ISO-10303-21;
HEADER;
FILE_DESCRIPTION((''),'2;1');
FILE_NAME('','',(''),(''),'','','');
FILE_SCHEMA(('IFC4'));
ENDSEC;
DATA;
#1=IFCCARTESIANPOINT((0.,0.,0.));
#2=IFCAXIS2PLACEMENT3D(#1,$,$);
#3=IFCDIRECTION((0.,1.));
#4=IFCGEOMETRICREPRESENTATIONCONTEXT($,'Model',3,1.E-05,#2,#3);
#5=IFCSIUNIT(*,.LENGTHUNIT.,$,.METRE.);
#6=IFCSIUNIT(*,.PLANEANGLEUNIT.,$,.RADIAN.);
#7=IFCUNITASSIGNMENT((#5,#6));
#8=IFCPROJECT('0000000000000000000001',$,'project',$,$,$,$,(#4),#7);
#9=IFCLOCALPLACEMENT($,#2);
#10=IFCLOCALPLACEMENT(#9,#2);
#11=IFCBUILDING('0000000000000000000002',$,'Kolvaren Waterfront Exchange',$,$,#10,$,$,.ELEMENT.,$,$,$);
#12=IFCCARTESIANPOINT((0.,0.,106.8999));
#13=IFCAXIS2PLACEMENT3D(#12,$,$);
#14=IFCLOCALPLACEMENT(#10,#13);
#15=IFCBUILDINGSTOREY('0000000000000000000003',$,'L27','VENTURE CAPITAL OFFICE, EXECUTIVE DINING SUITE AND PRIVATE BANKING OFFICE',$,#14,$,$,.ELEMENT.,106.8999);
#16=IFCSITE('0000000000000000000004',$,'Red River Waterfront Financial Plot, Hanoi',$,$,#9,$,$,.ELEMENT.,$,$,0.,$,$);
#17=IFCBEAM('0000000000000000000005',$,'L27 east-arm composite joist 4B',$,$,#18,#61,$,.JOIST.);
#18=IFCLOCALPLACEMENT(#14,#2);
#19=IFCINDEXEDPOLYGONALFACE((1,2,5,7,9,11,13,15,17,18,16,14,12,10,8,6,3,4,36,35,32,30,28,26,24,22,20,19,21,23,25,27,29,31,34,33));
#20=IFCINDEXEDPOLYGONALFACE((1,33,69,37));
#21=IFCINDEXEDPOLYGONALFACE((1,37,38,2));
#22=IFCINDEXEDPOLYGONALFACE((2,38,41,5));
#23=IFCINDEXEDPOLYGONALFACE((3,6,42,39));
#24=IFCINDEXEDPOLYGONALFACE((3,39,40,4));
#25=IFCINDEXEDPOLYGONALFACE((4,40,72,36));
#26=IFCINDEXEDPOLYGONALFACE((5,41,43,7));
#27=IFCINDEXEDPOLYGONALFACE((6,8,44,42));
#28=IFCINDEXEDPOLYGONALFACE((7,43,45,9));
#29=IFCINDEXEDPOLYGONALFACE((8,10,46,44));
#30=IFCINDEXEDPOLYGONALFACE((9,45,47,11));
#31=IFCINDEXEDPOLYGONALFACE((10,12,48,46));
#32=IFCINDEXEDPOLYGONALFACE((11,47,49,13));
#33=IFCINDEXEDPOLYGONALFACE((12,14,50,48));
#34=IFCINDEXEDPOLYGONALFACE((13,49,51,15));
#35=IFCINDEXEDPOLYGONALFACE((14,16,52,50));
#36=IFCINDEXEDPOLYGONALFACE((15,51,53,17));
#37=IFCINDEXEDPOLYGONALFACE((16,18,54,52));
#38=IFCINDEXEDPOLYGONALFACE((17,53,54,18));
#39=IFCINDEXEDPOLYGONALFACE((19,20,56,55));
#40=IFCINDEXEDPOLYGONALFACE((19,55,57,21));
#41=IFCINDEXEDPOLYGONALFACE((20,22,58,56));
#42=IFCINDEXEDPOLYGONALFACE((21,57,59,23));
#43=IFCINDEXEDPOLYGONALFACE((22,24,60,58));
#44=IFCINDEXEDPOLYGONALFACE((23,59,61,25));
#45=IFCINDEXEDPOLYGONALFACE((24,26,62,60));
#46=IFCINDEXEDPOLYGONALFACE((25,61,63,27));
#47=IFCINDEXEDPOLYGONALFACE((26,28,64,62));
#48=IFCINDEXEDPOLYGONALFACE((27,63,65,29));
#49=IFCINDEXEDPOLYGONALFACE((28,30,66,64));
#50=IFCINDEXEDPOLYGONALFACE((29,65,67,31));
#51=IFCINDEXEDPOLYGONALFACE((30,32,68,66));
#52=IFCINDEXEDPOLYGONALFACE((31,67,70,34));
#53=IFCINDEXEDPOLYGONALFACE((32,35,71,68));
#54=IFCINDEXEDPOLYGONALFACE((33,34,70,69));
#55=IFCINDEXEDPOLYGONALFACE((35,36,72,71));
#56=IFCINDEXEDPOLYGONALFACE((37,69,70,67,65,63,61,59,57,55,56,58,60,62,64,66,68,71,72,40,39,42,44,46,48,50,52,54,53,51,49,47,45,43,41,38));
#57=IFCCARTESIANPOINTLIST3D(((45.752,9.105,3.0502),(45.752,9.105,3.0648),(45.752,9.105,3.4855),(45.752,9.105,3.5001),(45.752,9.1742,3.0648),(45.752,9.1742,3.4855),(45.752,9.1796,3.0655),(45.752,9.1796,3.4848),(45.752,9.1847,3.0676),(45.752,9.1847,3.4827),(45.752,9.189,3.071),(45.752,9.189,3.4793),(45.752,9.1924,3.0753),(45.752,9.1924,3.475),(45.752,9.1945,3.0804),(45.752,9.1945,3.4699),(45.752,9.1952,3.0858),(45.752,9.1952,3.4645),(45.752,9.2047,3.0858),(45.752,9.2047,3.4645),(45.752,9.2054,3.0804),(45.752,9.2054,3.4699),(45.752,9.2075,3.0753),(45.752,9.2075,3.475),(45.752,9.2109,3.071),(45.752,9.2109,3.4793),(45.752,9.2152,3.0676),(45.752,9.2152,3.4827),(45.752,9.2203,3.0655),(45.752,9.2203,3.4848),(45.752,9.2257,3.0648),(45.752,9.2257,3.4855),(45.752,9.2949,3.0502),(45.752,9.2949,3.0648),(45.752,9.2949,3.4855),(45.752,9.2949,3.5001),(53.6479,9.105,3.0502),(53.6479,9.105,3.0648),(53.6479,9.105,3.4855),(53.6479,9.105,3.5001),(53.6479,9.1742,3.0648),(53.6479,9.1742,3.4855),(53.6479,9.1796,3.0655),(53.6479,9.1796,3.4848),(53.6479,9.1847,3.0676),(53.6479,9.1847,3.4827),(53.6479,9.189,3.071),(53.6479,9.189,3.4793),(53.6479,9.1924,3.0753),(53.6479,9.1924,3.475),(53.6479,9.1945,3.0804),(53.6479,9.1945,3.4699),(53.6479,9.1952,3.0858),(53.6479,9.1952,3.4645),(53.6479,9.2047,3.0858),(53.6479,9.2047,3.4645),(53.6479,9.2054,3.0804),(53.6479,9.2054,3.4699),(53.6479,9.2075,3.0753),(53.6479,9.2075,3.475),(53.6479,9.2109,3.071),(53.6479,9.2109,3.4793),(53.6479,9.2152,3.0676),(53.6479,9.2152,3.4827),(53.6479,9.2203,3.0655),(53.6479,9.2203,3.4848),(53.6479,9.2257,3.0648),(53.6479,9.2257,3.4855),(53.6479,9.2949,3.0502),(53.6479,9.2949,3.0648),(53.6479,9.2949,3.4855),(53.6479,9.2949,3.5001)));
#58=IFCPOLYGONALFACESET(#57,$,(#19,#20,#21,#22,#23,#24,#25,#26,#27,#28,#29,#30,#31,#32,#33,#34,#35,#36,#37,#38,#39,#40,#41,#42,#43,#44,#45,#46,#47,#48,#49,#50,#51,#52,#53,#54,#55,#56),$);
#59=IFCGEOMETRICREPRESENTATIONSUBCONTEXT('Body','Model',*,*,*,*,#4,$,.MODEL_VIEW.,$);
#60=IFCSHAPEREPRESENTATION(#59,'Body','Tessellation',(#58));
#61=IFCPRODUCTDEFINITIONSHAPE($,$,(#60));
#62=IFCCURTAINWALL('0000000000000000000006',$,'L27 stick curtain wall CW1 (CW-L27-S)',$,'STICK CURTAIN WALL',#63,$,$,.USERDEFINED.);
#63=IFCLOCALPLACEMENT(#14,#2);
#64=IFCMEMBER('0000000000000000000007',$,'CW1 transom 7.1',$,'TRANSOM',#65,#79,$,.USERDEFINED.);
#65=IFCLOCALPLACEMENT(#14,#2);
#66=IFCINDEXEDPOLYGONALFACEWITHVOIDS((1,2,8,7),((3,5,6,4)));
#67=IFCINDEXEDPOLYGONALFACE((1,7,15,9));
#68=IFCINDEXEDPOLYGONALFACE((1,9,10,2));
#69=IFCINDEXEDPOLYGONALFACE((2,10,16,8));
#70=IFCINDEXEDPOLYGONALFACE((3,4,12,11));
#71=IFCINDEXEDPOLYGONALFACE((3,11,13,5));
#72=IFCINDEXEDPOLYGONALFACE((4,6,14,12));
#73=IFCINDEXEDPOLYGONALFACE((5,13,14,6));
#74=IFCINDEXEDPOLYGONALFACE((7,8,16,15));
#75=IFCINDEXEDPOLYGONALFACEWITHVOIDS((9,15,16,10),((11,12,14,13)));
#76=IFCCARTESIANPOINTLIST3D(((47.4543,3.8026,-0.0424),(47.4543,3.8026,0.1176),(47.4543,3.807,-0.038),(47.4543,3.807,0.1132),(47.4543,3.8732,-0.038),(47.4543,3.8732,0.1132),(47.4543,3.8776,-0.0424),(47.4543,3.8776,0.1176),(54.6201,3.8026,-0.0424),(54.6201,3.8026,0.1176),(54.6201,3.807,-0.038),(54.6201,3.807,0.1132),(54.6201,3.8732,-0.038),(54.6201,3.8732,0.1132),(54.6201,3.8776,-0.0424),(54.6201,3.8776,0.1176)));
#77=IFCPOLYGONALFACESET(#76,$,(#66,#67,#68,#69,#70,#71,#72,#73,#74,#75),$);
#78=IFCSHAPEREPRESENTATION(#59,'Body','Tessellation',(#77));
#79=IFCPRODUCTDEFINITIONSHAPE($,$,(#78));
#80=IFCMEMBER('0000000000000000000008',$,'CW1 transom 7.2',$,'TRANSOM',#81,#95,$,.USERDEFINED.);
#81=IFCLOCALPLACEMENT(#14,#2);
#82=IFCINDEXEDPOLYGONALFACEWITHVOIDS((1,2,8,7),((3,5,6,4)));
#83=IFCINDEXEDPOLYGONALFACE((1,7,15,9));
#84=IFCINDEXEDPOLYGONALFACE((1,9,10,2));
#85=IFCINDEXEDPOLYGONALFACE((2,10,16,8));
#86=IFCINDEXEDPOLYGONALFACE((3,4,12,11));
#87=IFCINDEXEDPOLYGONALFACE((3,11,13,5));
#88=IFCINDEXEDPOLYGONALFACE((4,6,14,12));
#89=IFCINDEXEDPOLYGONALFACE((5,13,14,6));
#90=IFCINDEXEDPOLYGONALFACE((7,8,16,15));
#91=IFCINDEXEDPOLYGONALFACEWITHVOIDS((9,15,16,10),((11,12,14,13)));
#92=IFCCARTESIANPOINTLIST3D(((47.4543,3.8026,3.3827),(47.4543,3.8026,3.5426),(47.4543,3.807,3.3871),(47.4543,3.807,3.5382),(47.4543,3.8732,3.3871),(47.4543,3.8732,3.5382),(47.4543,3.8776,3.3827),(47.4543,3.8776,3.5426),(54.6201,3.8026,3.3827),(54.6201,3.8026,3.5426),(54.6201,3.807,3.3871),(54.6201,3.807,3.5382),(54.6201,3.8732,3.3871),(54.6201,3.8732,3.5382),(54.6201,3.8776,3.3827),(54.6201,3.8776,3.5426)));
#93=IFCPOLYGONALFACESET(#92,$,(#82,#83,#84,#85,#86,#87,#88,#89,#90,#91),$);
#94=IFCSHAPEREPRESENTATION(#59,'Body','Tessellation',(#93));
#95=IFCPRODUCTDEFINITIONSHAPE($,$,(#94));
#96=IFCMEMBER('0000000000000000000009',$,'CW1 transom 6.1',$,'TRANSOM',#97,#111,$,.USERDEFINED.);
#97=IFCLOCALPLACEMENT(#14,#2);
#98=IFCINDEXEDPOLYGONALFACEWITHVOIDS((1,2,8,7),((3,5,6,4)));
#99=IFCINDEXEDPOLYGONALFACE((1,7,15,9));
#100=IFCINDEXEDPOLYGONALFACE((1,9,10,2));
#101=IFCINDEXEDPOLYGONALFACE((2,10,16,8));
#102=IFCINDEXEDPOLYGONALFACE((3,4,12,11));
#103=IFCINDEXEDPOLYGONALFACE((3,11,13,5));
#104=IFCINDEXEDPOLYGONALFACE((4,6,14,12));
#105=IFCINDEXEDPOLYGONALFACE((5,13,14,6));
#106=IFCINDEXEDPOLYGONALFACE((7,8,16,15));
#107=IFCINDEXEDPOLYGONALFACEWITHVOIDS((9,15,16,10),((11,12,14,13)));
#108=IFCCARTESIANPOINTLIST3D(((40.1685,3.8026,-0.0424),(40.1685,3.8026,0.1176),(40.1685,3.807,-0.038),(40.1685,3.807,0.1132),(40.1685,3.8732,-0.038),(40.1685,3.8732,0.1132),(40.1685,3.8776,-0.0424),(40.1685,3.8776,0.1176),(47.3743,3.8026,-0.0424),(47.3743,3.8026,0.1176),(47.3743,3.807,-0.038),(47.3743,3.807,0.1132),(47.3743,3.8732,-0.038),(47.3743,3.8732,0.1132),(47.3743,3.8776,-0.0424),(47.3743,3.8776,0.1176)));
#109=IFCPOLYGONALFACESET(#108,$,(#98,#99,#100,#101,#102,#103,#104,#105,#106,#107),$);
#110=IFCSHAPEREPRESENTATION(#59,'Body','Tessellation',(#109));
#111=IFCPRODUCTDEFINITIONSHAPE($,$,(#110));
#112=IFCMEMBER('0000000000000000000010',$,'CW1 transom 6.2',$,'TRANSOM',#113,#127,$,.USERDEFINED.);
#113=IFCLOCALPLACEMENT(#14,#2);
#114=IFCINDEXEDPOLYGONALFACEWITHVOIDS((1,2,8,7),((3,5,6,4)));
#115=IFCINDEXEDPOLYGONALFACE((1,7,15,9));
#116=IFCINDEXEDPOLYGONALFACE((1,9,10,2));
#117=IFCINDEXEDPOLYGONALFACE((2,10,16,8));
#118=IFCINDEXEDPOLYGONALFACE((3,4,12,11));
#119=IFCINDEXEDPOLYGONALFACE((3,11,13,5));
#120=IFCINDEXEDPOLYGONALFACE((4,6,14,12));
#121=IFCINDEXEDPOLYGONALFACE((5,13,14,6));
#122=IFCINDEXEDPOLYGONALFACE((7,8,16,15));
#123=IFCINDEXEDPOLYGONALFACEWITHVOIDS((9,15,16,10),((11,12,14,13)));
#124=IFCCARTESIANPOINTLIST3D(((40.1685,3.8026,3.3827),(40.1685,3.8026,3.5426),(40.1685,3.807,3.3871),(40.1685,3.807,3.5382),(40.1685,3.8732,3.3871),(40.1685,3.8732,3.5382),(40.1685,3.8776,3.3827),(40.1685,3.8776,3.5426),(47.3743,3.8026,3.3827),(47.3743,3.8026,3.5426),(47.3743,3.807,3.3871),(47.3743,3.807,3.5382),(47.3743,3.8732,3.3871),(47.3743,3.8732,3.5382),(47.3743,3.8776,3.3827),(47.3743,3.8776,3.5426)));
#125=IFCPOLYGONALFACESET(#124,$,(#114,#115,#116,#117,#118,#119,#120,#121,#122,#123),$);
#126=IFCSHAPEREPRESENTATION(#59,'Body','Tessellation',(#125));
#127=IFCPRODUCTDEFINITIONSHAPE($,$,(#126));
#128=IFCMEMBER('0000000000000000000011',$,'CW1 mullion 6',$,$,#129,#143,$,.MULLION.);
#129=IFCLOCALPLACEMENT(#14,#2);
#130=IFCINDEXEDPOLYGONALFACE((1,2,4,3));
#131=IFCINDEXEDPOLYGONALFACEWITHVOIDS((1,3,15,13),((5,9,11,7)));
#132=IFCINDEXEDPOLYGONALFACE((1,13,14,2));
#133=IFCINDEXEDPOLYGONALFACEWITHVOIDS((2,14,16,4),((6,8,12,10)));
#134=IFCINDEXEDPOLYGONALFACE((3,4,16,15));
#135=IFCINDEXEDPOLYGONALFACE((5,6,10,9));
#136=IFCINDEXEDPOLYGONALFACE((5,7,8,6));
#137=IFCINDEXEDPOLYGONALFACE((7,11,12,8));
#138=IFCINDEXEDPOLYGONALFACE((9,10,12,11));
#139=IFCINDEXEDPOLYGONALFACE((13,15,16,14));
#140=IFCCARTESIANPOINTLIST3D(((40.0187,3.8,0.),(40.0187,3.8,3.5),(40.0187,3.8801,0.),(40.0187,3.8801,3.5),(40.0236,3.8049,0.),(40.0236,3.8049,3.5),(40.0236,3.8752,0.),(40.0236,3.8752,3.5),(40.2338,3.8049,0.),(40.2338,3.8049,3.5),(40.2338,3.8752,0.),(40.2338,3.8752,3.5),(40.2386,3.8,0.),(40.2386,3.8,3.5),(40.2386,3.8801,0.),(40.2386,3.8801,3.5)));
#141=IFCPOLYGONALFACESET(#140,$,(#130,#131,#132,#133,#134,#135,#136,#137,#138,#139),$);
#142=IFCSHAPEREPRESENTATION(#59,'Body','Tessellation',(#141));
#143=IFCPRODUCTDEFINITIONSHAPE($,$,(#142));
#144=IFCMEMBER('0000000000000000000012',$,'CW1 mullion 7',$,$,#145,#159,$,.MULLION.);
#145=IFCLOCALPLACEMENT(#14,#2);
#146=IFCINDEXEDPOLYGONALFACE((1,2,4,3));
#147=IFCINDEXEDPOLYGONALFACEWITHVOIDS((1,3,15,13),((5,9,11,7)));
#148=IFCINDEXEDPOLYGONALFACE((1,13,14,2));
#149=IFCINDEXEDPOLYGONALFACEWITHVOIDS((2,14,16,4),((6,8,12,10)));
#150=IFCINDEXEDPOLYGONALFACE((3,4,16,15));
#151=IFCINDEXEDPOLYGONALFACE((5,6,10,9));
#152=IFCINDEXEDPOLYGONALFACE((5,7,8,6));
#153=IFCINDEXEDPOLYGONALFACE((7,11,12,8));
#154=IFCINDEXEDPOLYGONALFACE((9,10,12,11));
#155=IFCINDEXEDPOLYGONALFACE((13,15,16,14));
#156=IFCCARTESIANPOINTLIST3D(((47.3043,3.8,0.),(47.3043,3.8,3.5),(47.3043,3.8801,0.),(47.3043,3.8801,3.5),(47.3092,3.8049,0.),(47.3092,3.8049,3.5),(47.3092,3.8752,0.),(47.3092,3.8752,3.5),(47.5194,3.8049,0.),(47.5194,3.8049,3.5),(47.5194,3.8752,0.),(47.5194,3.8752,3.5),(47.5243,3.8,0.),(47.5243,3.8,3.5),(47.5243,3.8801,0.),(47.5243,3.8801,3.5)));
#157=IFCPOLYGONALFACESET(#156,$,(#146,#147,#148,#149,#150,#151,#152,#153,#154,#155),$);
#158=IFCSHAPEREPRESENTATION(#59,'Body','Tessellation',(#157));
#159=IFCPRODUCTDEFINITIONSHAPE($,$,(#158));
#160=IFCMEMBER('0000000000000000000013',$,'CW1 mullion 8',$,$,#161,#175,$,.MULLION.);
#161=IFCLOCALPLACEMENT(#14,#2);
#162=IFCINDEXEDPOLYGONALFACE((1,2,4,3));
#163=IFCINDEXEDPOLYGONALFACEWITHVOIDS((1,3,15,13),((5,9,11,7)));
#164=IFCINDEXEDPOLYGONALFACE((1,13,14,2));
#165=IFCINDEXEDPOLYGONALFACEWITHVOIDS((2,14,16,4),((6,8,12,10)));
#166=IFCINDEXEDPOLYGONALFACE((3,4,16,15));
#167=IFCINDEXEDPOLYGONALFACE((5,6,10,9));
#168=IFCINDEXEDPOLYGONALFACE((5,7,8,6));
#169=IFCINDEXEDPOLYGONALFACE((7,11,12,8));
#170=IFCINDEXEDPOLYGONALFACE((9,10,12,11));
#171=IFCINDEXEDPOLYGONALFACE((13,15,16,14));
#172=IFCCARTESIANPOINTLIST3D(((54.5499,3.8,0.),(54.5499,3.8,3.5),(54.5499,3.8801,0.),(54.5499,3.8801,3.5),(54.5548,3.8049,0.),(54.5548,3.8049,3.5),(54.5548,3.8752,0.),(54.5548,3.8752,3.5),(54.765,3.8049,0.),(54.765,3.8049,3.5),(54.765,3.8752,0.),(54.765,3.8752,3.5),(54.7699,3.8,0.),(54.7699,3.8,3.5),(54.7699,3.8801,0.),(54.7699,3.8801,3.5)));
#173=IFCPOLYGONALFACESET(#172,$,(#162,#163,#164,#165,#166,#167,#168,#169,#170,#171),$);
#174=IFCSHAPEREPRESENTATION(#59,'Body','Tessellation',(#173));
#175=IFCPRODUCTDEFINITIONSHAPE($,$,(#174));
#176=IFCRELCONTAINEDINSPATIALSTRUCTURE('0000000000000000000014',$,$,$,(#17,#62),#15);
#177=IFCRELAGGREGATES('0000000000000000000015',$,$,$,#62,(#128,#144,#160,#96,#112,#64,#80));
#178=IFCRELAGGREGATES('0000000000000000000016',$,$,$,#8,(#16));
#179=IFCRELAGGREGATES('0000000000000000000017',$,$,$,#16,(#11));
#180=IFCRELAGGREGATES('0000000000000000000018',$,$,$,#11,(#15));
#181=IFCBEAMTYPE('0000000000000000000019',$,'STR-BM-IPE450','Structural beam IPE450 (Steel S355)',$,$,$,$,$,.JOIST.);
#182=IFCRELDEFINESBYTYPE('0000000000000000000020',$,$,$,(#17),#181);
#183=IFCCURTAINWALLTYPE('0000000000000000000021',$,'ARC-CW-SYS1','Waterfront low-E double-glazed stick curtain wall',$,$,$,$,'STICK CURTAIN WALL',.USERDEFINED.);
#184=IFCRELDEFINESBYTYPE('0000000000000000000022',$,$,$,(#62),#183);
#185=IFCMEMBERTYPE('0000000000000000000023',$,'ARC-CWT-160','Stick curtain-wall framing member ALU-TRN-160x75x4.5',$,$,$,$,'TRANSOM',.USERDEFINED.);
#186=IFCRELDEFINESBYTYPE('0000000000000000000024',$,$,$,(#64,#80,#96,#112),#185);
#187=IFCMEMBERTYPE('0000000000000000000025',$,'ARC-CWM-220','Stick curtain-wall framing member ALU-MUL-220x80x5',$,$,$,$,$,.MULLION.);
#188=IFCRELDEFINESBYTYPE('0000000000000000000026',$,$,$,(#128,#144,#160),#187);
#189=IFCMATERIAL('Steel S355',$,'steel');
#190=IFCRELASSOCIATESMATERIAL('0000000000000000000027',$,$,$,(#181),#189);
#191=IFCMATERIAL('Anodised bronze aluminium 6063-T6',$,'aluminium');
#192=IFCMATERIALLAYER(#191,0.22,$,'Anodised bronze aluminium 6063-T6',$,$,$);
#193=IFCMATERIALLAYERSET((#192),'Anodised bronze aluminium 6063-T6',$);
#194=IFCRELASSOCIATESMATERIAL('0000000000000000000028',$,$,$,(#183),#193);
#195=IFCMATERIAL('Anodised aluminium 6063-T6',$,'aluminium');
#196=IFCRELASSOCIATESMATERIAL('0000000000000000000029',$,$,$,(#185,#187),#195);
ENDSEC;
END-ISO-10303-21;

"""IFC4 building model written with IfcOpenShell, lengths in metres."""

from ifc_helpers import new_model, si_unit, direction, frame, origin, origin_with_axes, origin_2d, place, context, subcontext, project, spatial, hollow_rectangle, i_section, extrude, source, transform, mapped, material, layer, layer_set, material_profile, profile_set, type_object, element, aggregate, save


model = new_model("IFC4")

# Units and contexts
model_context = context("Model", 3, precision=1e-05, world=origin(), true_north=direction((0.0, 1.0)))
body_context = subcontext(model_context, "Body", "Model", "MODEL_VIEW")
ifc_project = project(units=[si_unit("LENGTHUNIT", "METRE"), si_unit("PLANEANGLEUNIT", "RADIAN")], contexts=[model_context])

# Site, building, storey
site_placement = place(None, origin())
site = spatial("IfcSite", under=ifc_project, at=site_placement, Name="Red River Waterfront Financial Plot, Hanoi", CompositionType="ELEMENT", RefElevation=0.0)
building_placement = place(site_placement, origin())
building = spatial("IfcBuilding", under=site, at=building_placement, Name="Kolvaren Waterfront Exchange", CompositionType="ELEMENT")
storey_placement = place(building_placement, frame((0.0, 0.0, 106.8999)))
storey = spatial("IfcBuildingStorey", under=building, at=storey_placement, Name="L27", Description="VENTURE CAPITAL OFFICE, EXECUTIVE DINING SUITE AND PRIVATE BANKING OFFICE", CompositionType="ELEMENT", Elevation=106.8999)

# Beam
ifc_material_1 = material(Name="Steel S355", Category="steel")
ifc_material_profile_1 = material_profile(ifc_material_1, i_section(OverallWidth=0.1899, OverallDepth=0.45, WebThickness=0.0095, FlangeThickness=0.0146, FilletRadius=0.021, at=origin_2d()), Name="IPE450")
ifc_profile_set_1 = profile_set([ifc_material_profile_1], Name="Steel S355")
beam_type_1 = type_object("IfcBeamType", Name="STR-BM-IPE450", Description="Structural beam IPE450 (Steel S355)", PredefinedType="JOIST", material=ifc_profile_set_1)
beam_1_placement = place(storey_placement, frame((45.752, 9.2, 3.2751), z_axis=(1.0, 0.0, 0.0), x_axis=(0.0, 1.0, 0.0)))
element("IfcBeam", 1, at=beam_1_placement, inside=storey, type_object=beam_type_1, Name="L27 east-arm composite joist 4B", PredefinedType="JOIST", context=body_context, shape_type="SweptSolid", body=[
    extrude(i_section(OverallWidth=0.1899, OverallDepth=0.45, WebThickness=0.0095, FlangeThickness=0.0146, FilletRadius=0.021, at=origin_2d()), origin(), (0.0, 0.0, 1.0), 7.896),
])

# Curtain wall, members
ifc_material_2 = material(Name="Anodised bronze aluminium 6063-T6", Category="aluminium")
ifc_layer_1 = layer(ifc_material_2, 0.22, Name="Anodised bronze aluminium 6063-T6")
ifc_layer_set_1 = layer_set([ifc_layer_1], Name="Anodised bronze aluminium 6063-T6")
curtain_wall_type = type_object("IfcCurtainWallType", Name="ARC-CW-SYS1", Description="Waterfront low-E double-glazed stick curtain wall", ElementType="STICK CURTAIN WALL", PredefinedType="USERDEFINED", material=ifc_layer_set_1)
curtain_wall_placement = place(storey_placement, origin())
curtain_wall = element("IfcCurtainWall", 2, at=curtain_wall_placement, inside=storey, type_object=curtain_wall_type, Name="L27 stick curtain wall CW1 (CW-L27-S)", ObjectType="STICK CURTAIN WALL", PredefinedType="USERDEFINED")
ifc_material_3 = material(Name="Anodised aluminium 6063-T6", Category="aluminium")
ifc_material_profile_2 = material_profile(ifc_material_3, hollow_rectangle(XDim=0.075, YDim=0.1599, WallThickness=0.0044, at=origin_2d()), Name="ALU-TRN-160x75x4.5")
ifc_profile_set_2 = profile_set([ifc_material_profile_2], Name="Anodised aluminium 6063-T6")
member_type_1 = type_object("IfcMemberType", Name="ARC-CWT-160", Description="Stick curtain-wall framing member ALU-TRN-160x75x4.5", ElementType="TRANSOM", PredefinedType="USERDEFINED", material=ifc_profile_set_2)
shared_shape_1 = source(origin_with_axes(), body_context, "Body", "SweptSolid", [
    extrude(hollow_rectangle(XDim=0.075, YDim=0.1599, WallThickness=0.0044, at=origin_2d()), origin(), (0.0, 0.0, 1.0), 7.1658),
])
member_1_placement = place(storey_placement, frame((47.4543, 3.8401, 0.0376), z_axis=(1.0, 0.0, 0.0), x_axis=(0.0, 1.0, 0.0)))
member_1 = element("IfcMember", 3, at=member_1_placement, type_object=member_type_1, Name="CW1 transom 7.1", ObjectType="TRANSOM", PredefinedType="USERDEFINED", context=body_context, shape_type="MappedRepresentation", body=[
    mapped(shared_shape_1, transform((0.0, 0.0, 0.0), x_axis=(1.0, 0.0, 0.0), y_axis=(0.0, 1.0, 0.0), z_axis=(0.0, 0.0, 1.0), scale=1.0)),
])
member_2_placement = place(storey_placement, frame((47.4543, 3.8401, 3.4626), z_axis=(1.0, 0.0, 0.0), x_axis=(0.0, 1.0, 0.0)))
member_2 = element("IfcMember", 4, at=member_2_placement, type_object=member_type_1, Name="CW1 transom 7.2", ObjectType="TRANSOM", PredefinedType="USERDEFINED", context=body_context, shape_type="MappedRepresentation", body=[
    mapped(shared_shape_1, transform((0.0, 0.0, 0.0), x_axis=(1.0, 0.0, 0.0), y_axis=(0.0, 1.0, 0.0), z_axis=(0.0, 0.0, 1.0), scale=1.0)),
])
shared_shape_2 = source(origin_with_axes(), body_context, "Body", "SweptSolid", [
    extrude(hollow_rectangle(XDim=0.075, YDim=0.1599, WallThickness=0.0044, at=origin_2d()), origin(), (0.0, 0.0, 1.0), 7.2058),
])
member_3_placement = place(storey_placement, frame((40.1685, 3.8401, 0.0376), z_axis=(1.0, 0.0, 0.0), x_axis=(0.0, 1.0, 0.0)))
member_3 = element("IfcMember", 5, at=member_3_placement, type_object=member_type_1, Name="CW1 transom 6.1", ObjectType="TRANSOM", PredefinedType="USERDEFINED", context=body_context, shape_type="MappedRepresentation", body=[
    mapped(shared_shape_2, transform((0.0, 0.0, 0.0), x_axis=(1.0, 0.0, 0.0), y_axis=(0.0, 1.0, 0.0), z_axis=(0.0, 0.0, 1.0), scale=1.0)),
])
member_4_placement = place(storey_placement, frame((40.1685, 3.8401, 3.4626), z_axis=(1.0, 0.0, 0.0), x_axis=(0.0, 1.0, 0.0)))
member_4 = element("IfcMember", 6, at=member_4_placement, type_object=member_type_1, Name="CW1 transom 6.2", ObjectType="TRANSOM", PredefinedType="USERDEFINED", context=body_context, shape_type="MappedRepresentation", body=[
    mapped(shared_shape_2, transform((0.0, 0.0, 0.0), x_axis=(1.0, 0.0, 0.0), y_axis=(0.0, 1.0, 0.0), z_axis=(0.0, 0.0, 1.0), scale=1.0)),
])
ifc_material_profile_3 = material_profile(ifc_material_3, hollow_rectangle(XDim=0.0801, YDim=0.22, WallThickness=0.0049, at=origin_2d()), Name="ALU-MUL-220x80x5")
ifc_profile_set_3 = profile_set([ifc_material_profile_3], Name="Anodised aluminium 6063-T6")
member_type_2 = type_object("IfcMemberType", Name="ARC-CWM-220", Description="Stick curtain-wall framing member ALU-MUL-220x80x5", PredefinedType="MULLION", material=ifc_profile_set_3)
shared_shape_3 = source(origin_with_axes(), body_context, "Body", "SweptSolid", [
    extrude(hollow_rectangle(XDim=0.0801, YDim=0.22, WallThickness=0.0049, at=origin_2d()), origin(), (0.0, 0.0, 1.0), 3.5),
])
member_5_placement = place(storey_placement, frame((40.1287, 3.8401, 0.0), z_axis=(0.0, 0.0, 1.0), x_axis=(0.0, 1.0, 0.0)))
member_5 = element("IfcMember", 7, at=member_5_placement, type_object=member_type_2, Name="CW1 mullion 6", PredefinedType="MULLION", context=body_context, shape_type="MappedRepresentation", body=[
    mapped(shared_shape_3, transform((0.0, 0.0, 0.0), x_axis=(1.0, 0.0, 0.0), y_axis=(0.0, 1.0, 0.0), z_axis=(0.0, 0.0, 1.0), scale=1.0)),
])
member_6_placement = place(storey_placement, frame((47.4143, 3.8401, 0.0), z_axis=(0.0, 0.0, 1.0), x_axis=(0.0, 1.0, 0.0)))
member_6 = element("IfcMember", 8, at=member_6_placement, type_object=member_type_2, Name="CW1 mullion 7", PredefinedType="MULLION", context=body_context, shape_type="MappedRepresentation", body=[
    mapped(shared_shape_3, transform((0.0, 0.0, 0.0), x_axis=(1.0, 0.0, 0.0), y_axis=(0.0, 1.0, 0.0), z_axis=(0.0, 0.0, 1.0), scale=1.0)),
])
member_7_placement = place(storey_placement, frame((54.6599, 3.8401, 0.0), z_axis=(0.0, 0.0, 1.0), x_axis=(0.0, 1.0, 0.0)))
member_7 = element("IfcMember", 9, at=member_7_placement, type_object=member_type_2, Name="CW1 mullion 8", PredefinedType="MULLION", context=body_context, shape_type="MappedRepresentation", body=[
    mapped(shared_shape_3, transform((0.0, 0.0, 0.0), x_axis=(1.0, 0.0, 0.0), y_axis=(0.0, 1.0, 0.0), z_axis=(0.0, 0.0, 1.0), scale=1.0)),
])
aggregate(curtain_wall, [member_5, member_6, member_7, member_3, member_4, member_1, member_2])

save(model, "model.ifc")
